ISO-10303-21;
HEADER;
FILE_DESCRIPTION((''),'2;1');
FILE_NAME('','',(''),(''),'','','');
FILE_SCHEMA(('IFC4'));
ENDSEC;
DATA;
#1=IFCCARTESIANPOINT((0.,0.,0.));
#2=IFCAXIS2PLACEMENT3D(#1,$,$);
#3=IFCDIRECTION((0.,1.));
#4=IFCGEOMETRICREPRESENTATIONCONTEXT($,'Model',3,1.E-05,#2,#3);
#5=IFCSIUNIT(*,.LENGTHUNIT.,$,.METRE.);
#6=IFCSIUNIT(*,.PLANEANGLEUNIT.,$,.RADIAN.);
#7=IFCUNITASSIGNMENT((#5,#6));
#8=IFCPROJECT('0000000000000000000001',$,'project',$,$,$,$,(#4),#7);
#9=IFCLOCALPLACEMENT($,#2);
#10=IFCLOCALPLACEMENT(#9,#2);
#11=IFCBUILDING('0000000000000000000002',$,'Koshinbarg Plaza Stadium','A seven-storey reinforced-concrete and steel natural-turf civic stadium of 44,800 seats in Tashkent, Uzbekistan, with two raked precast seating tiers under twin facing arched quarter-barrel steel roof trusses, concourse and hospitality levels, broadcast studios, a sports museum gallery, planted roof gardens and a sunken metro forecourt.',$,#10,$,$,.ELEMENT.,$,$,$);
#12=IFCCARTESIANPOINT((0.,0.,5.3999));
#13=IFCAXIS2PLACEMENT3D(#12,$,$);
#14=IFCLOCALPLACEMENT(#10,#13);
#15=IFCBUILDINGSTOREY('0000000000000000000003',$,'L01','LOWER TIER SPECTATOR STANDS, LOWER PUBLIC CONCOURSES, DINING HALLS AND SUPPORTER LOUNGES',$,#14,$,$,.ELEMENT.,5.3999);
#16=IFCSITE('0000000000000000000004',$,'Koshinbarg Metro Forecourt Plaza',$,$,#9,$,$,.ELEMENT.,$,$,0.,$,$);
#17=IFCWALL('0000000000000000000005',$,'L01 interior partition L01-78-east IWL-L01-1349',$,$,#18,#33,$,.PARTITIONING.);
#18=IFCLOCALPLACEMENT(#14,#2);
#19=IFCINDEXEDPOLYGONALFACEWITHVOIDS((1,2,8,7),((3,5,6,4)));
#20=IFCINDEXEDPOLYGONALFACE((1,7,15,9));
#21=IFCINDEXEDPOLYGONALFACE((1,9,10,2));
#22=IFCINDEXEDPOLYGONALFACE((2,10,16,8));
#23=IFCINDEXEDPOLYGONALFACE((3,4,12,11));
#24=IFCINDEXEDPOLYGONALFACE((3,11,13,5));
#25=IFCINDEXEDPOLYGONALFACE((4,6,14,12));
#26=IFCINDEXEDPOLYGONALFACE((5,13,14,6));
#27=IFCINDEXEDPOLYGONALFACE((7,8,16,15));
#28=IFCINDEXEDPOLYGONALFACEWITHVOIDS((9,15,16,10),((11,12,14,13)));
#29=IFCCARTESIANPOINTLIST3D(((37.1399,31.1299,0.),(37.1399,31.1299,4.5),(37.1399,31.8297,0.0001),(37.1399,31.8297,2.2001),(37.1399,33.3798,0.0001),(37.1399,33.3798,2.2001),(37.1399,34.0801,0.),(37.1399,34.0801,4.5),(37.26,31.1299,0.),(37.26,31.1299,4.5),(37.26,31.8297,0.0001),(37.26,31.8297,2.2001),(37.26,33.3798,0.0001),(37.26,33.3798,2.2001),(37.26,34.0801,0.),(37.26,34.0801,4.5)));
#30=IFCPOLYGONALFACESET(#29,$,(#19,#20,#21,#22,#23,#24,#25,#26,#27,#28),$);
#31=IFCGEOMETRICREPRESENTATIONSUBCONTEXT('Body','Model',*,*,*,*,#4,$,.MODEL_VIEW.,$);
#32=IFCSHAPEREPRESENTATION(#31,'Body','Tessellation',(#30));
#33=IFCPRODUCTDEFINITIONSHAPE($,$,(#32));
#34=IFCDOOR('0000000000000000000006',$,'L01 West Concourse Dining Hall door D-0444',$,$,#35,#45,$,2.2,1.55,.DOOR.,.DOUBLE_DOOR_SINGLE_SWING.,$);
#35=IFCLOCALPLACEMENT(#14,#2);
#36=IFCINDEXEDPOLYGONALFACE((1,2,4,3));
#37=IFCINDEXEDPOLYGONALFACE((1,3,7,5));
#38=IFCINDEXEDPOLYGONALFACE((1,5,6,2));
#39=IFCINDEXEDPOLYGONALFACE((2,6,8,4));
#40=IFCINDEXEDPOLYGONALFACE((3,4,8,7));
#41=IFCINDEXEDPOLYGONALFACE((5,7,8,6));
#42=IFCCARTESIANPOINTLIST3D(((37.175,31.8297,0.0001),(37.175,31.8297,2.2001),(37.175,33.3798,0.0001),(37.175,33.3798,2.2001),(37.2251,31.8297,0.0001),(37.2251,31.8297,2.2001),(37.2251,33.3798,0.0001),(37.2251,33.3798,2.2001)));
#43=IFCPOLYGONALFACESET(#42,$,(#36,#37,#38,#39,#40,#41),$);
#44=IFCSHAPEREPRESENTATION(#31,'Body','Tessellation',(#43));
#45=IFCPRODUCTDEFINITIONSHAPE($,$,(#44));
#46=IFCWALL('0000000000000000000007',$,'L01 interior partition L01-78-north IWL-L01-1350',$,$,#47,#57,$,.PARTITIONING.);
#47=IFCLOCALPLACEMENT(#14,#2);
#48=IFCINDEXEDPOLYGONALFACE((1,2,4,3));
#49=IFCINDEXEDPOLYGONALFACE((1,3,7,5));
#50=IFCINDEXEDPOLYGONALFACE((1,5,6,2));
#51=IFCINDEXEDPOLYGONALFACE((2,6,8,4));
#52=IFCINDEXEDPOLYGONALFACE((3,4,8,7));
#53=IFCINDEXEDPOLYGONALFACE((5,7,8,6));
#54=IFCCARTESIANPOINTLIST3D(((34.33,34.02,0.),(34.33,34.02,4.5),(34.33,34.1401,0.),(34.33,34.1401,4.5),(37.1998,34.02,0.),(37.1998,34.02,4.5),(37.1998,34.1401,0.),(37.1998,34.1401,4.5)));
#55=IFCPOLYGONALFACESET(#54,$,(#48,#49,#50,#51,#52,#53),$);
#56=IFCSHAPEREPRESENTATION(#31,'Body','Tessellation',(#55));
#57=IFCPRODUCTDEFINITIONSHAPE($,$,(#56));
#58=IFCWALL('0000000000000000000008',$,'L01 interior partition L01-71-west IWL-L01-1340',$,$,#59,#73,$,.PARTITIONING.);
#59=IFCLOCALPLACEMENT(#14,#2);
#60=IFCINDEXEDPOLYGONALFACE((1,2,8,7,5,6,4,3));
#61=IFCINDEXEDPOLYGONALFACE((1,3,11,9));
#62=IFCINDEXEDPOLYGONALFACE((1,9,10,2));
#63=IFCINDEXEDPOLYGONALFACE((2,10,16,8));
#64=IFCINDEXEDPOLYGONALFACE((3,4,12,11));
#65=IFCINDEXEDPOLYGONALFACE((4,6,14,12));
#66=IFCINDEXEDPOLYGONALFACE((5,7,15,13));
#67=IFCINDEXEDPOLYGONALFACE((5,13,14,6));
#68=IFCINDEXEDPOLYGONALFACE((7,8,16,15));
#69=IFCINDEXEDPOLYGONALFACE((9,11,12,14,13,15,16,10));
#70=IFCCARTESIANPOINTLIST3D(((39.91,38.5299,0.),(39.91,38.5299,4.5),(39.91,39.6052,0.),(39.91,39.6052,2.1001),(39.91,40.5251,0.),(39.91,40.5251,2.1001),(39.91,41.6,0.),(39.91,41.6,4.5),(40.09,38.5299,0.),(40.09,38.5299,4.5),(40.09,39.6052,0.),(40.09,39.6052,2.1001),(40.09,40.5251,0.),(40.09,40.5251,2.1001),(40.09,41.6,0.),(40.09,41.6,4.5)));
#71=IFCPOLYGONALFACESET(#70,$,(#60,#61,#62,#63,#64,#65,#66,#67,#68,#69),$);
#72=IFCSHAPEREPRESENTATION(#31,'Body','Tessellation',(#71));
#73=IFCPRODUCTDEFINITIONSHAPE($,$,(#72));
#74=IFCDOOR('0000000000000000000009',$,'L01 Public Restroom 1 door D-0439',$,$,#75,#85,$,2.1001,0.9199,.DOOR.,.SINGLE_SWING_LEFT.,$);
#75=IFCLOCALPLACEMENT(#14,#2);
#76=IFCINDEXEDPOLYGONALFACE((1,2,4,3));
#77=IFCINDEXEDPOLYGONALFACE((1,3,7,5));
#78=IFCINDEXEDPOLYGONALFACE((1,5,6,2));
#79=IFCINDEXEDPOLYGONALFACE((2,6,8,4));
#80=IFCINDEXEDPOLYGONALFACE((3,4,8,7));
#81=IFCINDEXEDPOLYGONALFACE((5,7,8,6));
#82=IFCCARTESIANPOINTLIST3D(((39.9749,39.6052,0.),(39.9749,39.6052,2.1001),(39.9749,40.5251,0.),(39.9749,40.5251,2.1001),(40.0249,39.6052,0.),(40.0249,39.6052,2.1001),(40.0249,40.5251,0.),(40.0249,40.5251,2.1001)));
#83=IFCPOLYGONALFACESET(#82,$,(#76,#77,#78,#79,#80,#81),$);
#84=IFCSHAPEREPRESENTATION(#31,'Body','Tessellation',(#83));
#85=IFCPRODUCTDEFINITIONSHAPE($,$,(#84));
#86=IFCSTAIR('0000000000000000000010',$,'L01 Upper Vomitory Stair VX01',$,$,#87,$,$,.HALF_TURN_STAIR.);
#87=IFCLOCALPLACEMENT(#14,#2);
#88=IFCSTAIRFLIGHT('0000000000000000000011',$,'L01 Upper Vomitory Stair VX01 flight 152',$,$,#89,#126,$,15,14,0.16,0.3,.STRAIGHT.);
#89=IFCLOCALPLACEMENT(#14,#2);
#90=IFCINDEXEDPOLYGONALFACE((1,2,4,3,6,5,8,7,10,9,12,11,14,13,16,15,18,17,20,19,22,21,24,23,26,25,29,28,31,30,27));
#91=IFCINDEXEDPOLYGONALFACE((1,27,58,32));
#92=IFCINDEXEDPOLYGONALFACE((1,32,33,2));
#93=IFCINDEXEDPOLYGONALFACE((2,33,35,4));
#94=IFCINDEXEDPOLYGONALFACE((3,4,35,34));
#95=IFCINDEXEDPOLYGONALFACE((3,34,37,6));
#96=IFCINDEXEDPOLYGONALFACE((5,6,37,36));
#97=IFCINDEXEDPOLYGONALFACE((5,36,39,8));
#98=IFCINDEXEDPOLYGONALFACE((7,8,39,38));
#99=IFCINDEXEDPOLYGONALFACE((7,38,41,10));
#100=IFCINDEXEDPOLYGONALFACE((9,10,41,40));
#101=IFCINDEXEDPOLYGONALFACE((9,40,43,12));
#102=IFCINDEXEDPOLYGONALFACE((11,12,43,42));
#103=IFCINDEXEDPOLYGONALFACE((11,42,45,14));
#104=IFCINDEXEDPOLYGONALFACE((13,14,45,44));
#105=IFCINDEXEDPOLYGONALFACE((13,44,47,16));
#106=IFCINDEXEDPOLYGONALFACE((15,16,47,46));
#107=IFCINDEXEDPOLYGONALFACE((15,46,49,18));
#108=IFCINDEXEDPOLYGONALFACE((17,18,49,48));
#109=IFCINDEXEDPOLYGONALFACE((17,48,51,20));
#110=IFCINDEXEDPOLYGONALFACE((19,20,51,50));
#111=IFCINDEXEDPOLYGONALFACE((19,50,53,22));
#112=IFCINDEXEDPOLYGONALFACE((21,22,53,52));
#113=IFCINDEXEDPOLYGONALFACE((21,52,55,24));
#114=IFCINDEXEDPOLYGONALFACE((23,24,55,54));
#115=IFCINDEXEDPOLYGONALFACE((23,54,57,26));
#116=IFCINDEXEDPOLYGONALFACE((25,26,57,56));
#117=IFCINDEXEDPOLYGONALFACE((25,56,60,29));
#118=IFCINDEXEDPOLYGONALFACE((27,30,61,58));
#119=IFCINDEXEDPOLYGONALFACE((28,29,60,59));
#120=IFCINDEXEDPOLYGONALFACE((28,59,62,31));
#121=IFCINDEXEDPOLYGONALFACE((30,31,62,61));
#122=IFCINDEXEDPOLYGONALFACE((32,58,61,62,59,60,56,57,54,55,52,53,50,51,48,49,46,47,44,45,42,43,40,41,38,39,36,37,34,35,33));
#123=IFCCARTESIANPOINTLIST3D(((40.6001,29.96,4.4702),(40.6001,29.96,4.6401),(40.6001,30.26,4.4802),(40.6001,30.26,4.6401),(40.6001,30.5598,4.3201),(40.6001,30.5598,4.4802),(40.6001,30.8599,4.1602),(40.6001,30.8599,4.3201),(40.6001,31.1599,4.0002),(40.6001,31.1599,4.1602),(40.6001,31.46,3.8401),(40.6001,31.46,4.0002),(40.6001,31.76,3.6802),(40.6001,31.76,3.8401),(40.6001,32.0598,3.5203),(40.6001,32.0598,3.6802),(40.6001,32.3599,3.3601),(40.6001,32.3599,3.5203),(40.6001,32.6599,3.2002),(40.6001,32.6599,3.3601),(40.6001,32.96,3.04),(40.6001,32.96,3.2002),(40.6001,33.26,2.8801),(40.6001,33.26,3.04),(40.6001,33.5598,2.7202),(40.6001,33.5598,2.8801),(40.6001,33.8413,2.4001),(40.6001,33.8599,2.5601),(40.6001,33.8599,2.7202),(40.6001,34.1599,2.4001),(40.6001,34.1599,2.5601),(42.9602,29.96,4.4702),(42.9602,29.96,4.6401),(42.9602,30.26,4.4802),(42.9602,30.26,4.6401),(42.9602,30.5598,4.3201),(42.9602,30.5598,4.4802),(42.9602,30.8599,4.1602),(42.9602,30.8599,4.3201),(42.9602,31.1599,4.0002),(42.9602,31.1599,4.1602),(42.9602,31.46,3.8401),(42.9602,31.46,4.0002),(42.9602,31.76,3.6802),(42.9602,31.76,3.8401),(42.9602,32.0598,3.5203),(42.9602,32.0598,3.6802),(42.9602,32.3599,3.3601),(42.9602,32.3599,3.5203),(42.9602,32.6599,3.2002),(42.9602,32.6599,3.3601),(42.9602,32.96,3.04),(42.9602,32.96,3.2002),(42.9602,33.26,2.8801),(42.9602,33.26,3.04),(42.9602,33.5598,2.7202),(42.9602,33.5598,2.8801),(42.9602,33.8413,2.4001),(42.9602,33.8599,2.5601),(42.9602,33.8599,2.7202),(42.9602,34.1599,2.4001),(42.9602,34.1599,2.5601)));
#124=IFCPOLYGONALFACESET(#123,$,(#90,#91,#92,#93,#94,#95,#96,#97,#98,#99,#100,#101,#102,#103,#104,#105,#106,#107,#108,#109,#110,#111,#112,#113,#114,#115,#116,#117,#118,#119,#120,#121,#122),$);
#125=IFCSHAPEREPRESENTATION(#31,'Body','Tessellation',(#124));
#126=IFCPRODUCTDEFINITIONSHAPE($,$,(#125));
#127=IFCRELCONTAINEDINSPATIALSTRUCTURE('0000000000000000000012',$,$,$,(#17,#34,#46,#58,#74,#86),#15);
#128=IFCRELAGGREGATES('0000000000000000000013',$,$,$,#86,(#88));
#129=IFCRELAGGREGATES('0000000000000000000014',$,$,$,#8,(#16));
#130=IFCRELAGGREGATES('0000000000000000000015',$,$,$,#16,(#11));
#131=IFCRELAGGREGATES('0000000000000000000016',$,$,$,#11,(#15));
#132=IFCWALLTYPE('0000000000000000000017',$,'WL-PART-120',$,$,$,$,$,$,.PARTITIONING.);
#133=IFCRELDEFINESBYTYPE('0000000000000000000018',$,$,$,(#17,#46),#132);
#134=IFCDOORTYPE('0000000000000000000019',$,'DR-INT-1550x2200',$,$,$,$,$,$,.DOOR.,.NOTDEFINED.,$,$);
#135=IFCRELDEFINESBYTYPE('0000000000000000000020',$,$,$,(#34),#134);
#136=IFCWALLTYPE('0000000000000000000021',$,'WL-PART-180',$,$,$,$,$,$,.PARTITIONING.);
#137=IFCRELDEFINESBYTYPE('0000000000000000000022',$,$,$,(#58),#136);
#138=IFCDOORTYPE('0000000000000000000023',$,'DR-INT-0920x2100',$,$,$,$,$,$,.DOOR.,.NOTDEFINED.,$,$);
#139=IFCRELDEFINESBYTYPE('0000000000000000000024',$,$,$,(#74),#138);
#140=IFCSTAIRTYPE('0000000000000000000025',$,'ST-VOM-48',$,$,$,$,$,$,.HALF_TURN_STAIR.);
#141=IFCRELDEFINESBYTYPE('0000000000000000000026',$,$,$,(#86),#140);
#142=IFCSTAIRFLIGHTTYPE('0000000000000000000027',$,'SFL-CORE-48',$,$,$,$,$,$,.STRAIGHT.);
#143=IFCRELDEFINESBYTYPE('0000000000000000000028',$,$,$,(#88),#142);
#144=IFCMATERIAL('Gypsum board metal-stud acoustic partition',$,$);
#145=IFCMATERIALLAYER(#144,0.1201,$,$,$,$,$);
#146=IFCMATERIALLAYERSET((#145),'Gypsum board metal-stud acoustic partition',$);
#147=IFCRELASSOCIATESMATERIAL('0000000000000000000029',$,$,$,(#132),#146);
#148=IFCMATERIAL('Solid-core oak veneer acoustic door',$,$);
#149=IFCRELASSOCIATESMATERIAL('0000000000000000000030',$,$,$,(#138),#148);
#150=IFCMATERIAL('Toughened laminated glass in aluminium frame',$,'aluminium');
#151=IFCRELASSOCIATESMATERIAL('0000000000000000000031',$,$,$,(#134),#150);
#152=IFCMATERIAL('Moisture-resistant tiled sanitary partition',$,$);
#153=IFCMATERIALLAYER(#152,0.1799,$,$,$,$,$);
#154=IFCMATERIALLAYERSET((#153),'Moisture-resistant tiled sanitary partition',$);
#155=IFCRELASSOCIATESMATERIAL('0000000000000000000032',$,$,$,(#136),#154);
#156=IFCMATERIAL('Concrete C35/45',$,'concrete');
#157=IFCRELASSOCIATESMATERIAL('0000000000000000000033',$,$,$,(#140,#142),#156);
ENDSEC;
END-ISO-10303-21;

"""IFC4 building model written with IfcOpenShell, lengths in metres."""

from ifc_helpers import new_model, si_unit, direction, frame, frame_2d, origin, place, context, subcontext, project, spatial, polyline, rectangle, outline, extrude, material, layer, layer_set, type_object, element, fill, aggregate, save


model = new_model("IFC4")

# Units and contexts
model_context = context("Model", 3, precision=1e-05, world=origin(), true_north=direction((0.0, 1.0)))
body_context = subcontext(model_context, "Body", "Model", "MODEL_VIEW")
ifc_project = project(units=[si_unit("LENGTHUNIT", "METRE"), si_unit("PLANEANGLEUNIT", "RADIAN")], contexts=[model_context])

# Site, building, storey
site_placement = place(None, origin())
site = spatial("IfcSite", under=ifc_project, at=site_placement, Name="Koshinbarg Metro Forecourt Plaza", CompositionType="ELEMENT", RefElevation=0.0)
building_placement = place(site_placement, origin())
building = spatial("IfcBuilding", under=site, at=building_placement, Name="Koshinbarg Plaza Stadium", Description="A seven-storey reinforced-concrete and steel natural-turf civic stadium of 44,800 seats in Tashkent, Uzbekistan, with two raked precast seating tiers under twin facing arched quarter-barrel steel roof trusses, concourse and hospitality levels, broadcast studios, a sports museum gallery, planted roof gardens and a sunken metro forecourt.", CompositionType="ELEMENT")
storey_placement = place(building_placement, frame((0.0, 0.0, 5.3999)))
storey = spatial("IfcBuildingStorey", under=building, at=storey_placement, Name="L01", Description="LOWER TIER SPECTATOR STANDS, LOWER PUBLIC CONCOURSES, DINING HALLS AND SUPPORTER LOUNGES", CompositionType="ELEMENT", Elevation=5.3999)

# Shared definitions
ifc_material_1 = material(Name="Gypsum board metal-stud acoustic partition")
ifc_layer_1 = layer(ifc_material_1, 0.1201)
ifc_layer_set_1 = layer_set([ifc_layer_1], Name="Gypsum board metal-stud acoustic partition")
wall_type_1 = type_object("IfcWallType", Name="WL-PART-120", PredefinedType="PARTITIONING", material=ifc_layer_set_1)
ifc_material_2 = material(Name="Solid-core oak veneer acoustic door")
door_type_1 = type_object("IfcDoorType", Name="DR-INT-0920x2100", OperationType="NOTDEFINED", PredefinedType="DOOR", material=ifc_material_2)

# Wall, opening, door
wall_1_placement = place(storey_placement, frame((37.2, 31.1299, 0.0), z_axis=(0.0, 0.0, 1.0), x_axis=(0.0, 1.0, 0.0)))
wall_1 = element("IfcWall", 1, at=wall_1_placement, inside=storey, type_object=wall_type_1, Name="L01 interior partition L01-78-east IWL-L01-1349", PredefinedType="PARTITIONING", context=body_context, shape_type="SweptSolid", body=[
    extrude(rectangle(XDim=2.9502, YDim=0.1201, at=frame_2d((1.4751, 0.0))), origin(), (0.0, 0.0, 1.0), 4.5),
])
opening_1_placement = place(wall_1_placement, frame((0.7, 0.0, 0.0)))
opening_1 = element("IfcOpeningElement", 2, at=opening_1_placement, cuts=wall_1, PredefinedType="OPENING", context=body_context, shape_type="SweptSolid", body=[
    extrude(rectangle(XDim=1.55, YDim=2.2, at=frame_2d((0.7749, 1.1001))), frame((0.0, 0.0701, 0.0), z_axis=(0.0, -1.0, 0.0), x_axis=(1.0, 0.0, 0.0)), (0.0, 0.0, 1.0), 0.1401),
])
ifc_material_3 = material(Name="Toughened laminated glass in aluminium frame", Category="aluminium")
door_type_2 = type_object("IfcDoorType", Name="DR-INT-1550x2200", OperationType="NOTDEFINED", PredefinedType="DOOR", material=ifc_material_3)
door_1_placement = place(opening_1_placement, origin())
door_1 = element("IfcDoor", 3, at=door_1_placement, inside=storey, type_object=door_type_2, Name="L01 West Concourse Dining Hall door D-0444", OperationType="DOUBLE_DOOR_SINGLE_SWING", OverallHeight=2.2, OverallWidth=1.55, PredefinedType="DOOR", context=body_context, shape_type="SweptSolid", body=[
    extrude(rectangle(XDim=1.55, YDim=2.2, at=frame_2d((0.7749, 1.1001))), frame((0.0, 0.0249, 0.0), z_axis=(0.0, -1.0, 0.0), x_axis=(1.0, 0.0, 0.0)), (0.0, 0.0, 1.0), 0.05),
])
fill(opening_1, door_1)

# Wall
wall_2_placement = place(storey_placement, frame((37.2, 34.0801, 0.0), z_axis=(0.0, 0.0, 1.0), x_axis=(-1.0, 0.0, 0.0)))
element("IfcWall", 4, at=wall_2_placement, inside=storey, type_object=wall_type_1, Name="L01 interior partition L01-78-north IWL-L01-1350", PredefinedType="PARTITIONING", context=body_context, shape_type="SweptSolid", body=[
    extrude(rectangle(XDim=2.8699, YDim=0.1201, at=frame_2d((1.4351, 0.0))), origin(), (0.0, 0.0, 1.0), 4.5),
])

# Wall, opening, door
ifc_material_4 = material(Name="Moisture-resistant tiled sanitary partition")
ifc_layer_2 = layer(ifc_material_4, 0.1799)
ifc_layer_set_2 = layer_set([ifc_layer_2], Name="Moisture-resistant tiled sanitary partition")
wall_type_2 = type_object("IfcWallType", Name="WL-PART-180", PredefinedType="PARTITIONING", material=ifc_layer_set_2)
wall_3_placement = place(storey_placement, frame((40.0, 41.6001, 0.0), z_axis=(0.0, 0.0, 1.0), x_axis=(0.0, -1.0, 0.0)))
wall_3 = element("IfcWall", 5, at=wall_3_placement, inside=storey, type_object=wall_type_2, Name="L01 interior partition L01-71-west IWL-L01-1340", PredefinedType="PARTITIONING", context=body_context, shape_type="SweptSolid", body=[
    extrude(rectangle(XDim=3.0701, YDim=0.1799, at=frame_2d((1.5352, 0.0))), origin(), (0.0, 0.0, 1.0), 4.5),
])
opening_2_placement = place(wall_3_placement, frame((1.075, 0.0, 0.0)))
opening_2 = element("IfcOpeningElement", 6, at=opening_2_placement, cuts=wall_3, PredefinedType="OPENING", context=body_context, shape_type="SweptSolid", body=[
    extrude(rectangle(XDim=0.9199, YDim=2.1001, at=frame_2d((0.46, 1.05))), frame((0.0, 0.0999, 0.0), z_axis=(0.0, -1.0, 0.0), x_axis=(1.0, 0.0, 0.0)), (0.0, 0.0, 1.0), 0.2),
])
door_2_placement = place(opening_2_placement, origin())
door_2 = element("IfcDoor", 7, at=door_2_placement, inside=storey, type_object=door_type_1, Name="L01 Public Restroom 1 door D-0439", OperationType="SINGLE_SWING_LEFT", OverallHeight=2.1001, OverallWidth=0.9199, PredefinedType="DOOR", context=body_context, shape_type="SweptSolid", body=[
    extrude(rectangle(XDim=0.9199, YDim=2.1001, at=frame_2d((0.46, 1.05))), frame((0.0, 0.0249, 0.0), z_axis=(0.0, -1.0, 0.0), x_axis=(1.0, 0.0, 0.0)), (0.0, 0.0, 1.0), 0.05),
])
fill(opening_2, door_2)

# Stair, stair flight
ifc_material_5 = material(Name="Concrete C35/45", Category="concrete")
stair_type = type_object("IfcStairType", Name="ST-VOM-48", PredefinedType="HALF_TURN_STAIR", material=ifc_material_5)
stair_placement = place(storey_placement, origin())
stair = element("IfcStair", 8, at=stair_placement, inside=storey, type_object=stair_type, Name="L01 Upper Vomitory Stair VX01", PredefinedType="HALF_TURN_STAIR")
stair_flight_type = type_object("IfcStairFlightType", Name="SFL-CORE-48", PredefinedType="STRAIGHT", material=ifc_material_5)
stair_flight_placement = place(storey_placement, frame((41.78, 34.1599, 2.4001), z_axis=(0.0, 0.0, 1.0), x_axis=(0.0, -1.0, 0.0)))
stair_flight = element("IfcStairFlight", 9, at=stair_flight_placement, type_object=stair_flight_type, Name="L01 Upper Vomitory Stair VX01 flight 152", NumberOfRisers=15, NumberOfTreads=14, PredefinedType="STRAIGHT", RiserHeight=0.16, TreadLength=0.3, context=body_context, shape_type="SweptSolid", body=[
    extrude(outline(polyline([(0.0, 0.0), (0.0, 0.1599), (0.3, 0.1599), (0.3, 0.3201), (0.6001, 0.3201), (0.6001, 0.48), (0.8999, 0.48), (0.8999, 0.6399), (1.2, 0.6399), (1.2, 0.8), (1.5, 0.8), (1.5, 0.96), (1.8, 0.96), (1.8, 1.1201), (2.1001, 1.1201), (2.1001, 1.28), (2.3999, 1.28), (2.3999, 1.4399), (2.7, 1.4399), (2.7, 1.6001), (3.0, 1.6001), (3.0, 1.76), (3.3, 1.76), (3.3, 1.9199), (3.6001, 1.9199), (3.6001, 2.0801), (3.8999, 2.0801), (3.8999, 2.24), (4.2, 2.24), (4.2, 2.3999), (4.2, 2.0701), (0.3186, 0.0), (0.0, 0.0)])), frame((0.0, 1.1802, 0.0), z_axis=(0.0, -1.0, 0.0), x_axis=(1.0, 0.0, 0.0)), (0.0, 0.0, 1.0), 2.3601),
])
aggregate(stair, [stair_flight])

save(model, "model.ifc")
